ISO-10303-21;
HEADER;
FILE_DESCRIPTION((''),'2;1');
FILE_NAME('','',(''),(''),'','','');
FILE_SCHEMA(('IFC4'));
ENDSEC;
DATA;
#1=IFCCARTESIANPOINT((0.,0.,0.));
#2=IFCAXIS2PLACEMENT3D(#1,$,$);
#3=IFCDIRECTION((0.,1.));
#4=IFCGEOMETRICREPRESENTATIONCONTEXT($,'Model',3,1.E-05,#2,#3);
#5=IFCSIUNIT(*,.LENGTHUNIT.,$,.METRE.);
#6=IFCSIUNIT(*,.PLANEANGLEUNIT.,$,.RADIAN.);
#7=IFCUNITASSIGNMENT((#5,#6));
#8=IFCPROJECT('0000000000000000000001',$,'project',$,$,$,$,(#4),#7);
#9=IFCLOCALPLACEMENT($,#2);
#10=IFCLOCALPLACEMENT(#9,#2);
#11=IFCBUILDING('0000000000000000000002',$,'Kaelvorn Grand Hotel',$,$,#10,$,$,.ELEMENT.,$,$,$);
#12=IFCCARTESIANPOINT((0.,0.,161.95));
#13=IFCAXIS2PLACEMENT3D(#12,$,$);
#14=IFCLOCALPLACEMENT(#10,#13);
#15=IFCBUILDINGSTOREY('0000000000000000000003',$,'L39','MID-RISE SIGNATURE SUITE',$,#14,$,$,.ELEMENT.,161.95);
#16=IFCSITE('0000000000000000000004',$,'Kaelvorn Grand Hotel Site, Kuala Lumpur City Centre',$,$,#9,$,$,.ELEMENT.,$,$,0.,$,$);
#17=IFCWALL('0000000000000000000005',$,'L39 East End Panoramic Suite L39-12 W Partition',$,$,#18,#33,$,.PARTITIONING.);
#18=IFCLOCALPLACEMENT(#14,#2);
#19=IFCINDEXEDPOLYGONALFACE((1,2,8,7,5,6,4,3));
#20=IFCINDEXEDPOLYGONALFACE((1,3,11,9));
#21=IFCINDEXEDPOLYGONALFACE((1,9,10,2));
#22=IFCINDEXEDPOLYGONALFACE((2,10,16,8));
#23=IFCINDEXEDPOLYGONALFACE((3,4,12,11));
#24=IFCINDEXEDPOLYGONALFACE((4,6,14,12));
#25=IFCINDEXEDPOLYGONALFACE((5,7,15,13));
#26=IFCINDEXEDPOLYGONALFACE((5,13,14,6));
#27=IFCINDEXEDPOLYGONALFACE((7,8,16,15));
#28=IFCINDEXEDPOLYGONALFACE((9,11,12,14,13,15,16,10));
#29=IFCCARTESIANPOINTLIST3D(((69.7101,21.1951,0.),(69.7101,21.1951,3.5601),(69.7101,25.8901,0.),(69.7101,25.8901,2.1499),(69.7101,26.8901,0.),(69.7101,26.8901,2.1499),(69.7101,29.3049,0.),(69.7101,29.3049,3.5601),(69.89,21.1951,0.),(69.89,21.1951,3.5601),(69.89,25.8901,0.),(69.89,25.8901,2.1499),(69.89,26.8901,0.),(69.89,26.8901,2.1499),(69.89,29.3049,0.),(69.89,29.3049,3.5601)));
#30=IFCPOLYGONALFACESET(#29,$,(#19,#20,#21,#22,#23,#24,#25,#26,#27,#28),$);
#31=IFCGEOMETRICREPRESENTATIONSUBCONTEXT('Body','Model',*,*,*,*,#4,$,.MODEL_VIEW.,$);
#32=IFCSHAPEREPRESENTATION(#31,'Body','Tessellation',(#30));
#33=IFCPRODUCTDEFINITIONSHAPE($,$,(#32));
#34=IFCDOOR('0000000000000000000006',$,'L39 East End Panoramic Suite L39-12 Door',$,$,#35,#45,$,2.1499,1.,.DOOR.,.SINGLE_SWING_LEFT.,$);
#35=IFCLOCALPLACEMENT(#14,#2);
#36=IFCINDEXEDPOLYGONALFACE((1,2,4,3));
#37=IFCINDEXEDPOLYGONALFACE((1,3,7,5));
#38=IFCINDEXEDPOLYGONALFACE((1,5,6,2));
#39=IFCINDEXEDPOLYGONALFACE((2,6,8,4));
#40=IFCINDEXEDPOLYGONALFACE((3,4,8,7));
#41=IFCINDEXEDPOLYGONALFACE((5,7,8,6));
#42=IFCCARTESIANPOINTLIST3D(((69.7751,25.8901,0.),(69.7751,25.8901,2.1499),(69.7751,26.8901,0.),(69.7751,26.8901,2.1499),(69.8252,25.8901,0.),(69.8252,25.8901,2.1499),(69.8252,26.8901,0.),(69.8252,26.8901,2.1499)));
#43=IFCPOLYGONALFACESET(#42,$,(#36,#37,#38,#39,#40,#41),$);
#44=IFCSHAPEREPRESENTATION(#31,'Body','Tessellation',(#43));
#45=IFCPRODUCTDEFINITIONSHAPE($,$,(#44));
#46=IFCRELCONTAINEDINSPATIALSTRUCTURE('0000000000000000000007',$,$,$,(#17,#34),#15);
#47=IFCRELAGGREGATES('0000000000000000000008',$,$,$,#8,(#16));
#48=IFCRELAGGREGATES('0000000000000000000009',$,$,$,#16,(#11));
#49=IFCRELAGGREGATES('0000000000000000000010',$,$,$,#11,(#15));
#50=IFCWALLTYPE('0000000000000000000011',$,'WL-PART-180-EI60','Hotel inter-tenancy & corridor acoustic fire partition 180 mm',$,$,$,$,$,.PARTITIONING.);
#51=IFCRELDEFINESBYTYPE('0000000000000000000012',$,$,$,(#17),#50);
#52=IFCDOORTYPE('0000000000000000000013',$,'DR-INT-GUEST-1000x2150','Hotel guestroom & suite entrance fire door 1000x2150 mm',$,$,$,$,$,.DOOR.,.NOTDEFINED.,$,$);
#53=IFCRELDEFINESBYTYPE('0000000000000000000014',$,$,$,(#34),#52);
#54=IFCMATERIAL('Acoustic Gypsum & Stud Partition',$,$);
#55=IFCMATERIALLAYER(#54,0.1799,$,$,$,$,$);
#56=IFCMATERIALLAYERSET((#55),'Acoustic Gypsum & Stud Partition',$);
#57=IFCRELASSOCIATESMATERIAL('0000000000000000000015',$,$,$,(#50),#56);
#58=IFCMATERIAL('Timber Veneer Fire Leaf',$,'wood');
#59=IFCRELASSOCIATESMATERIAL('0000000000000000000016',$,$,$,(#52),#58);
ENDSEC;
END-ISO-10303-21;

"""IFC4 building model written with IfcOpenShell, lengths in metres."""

from ifc_helpers import new_model, si_unit, direction, frame, frame_2d, origin, place, context, subcontext, project, spatial, rectangle, extrude, material, layer, layer_set, type_object, element, fill, save


model = new_model("IFC4")

# Units and contexts
model_context = context("Model", 3, precision=1e-05, world=origin(), true_north=direction((0.0, 1.0)))
body_context = subcontext(model_context, "Body", "Model", "MODEL_VIEW")
ifc_project = project(units=[si_unit("LENGTHUNIT", "METRE"), si_unit("PLANEANGLEUNIT", "RADIAN")], contexts=[model_context])

# Site, building, storey
site_placement = place(None, origin())
site = spatial("IfcSite", under=ifc_project, at=site_placement, Name="Kaelvorn Grand Hotel Site, Kuala Lumpur City Centre", CompositionType="ELEMENT", RefElevation=0.0)
building_placement = place(site_placement, origin())
building = spatial("IfcBuilding", under=site, at=building_placement, Name="Kaelvorn Grand Hotel", CompositionType="ELEMENT")
storey_placement = place(building_placement, frame((0.0, 0.0, 161.95)))
storey = spatial("IfcBuildingStorey", under=building, at=storey_placement, Name="L39", Description="MID-RISE SIGNATURE SUITE", CompositionType="ELEMENT", Elevation=161.95)

# Shared definitions
ifc_material_1 = material(Name="Acoustic Gypsum & Stud Partition")
ifc_layer_1 = layer(ifc_material_1, 0.1799)
ifc_layer_set_1 = layer_set([ifc_layer_1], Name="Acoustic Gypsum & Stud Partition")
wall_type_1 = type_object("IfcWallType", Name="WL-PART-180-EI60", Description="Hotel inter-tenancy & corridor acoustic fire partition 180 mm", PredefinedType="PARTITIONING", material=ifc_layer_set_1)

# Shared definitions
ifc_material_2 = material(Name="Timber Veneer Fire Leaf", Category="wood")
door_type_1 = type_object("IfcDoorType", Name="DR-INT-GUEST-1000x2150", Description="Hotel guestroom & suite entrance fire door 1000x2150 mm", OperationType="NOTDEFINED", PredefinedType="DOOR", material=ifc_material_2)

# Wall, opening, door
wall_1_placement = place(storey_placement, frame((69.8, 21.1951, 0.0), z_axis=(0.0, 0.0, 1.0), x_axis=(0.0, 1.0, 0.0)))
wall_1 = element("IfcWall", 1, at=wall_1_placement, inside=storey, type_object=wall_type_1, Name="L39 East End Panoramic Suite L39-12 W Partition", PredefinedType="PARTITIONING", context=body_context, shape_type="SweptSolid", body=[
    extrude(rectangle(XDim=8.1099, YDim=0.1799, at=frame_2d((4.0549, 0.0))), origin(), (0.0, 0.0, 1.0), 3.5601),
])
opening_1_placement = place(wall_1_placement, frame((4.6951, 0.0, 0.0)))
opening_1 = element("IfcOpeningElement", 2, at=opening_1_placement, cuts=wall_1, PredefinedType="OPENING", context=body_context, shape_type="SweptSolid", body=[
    extrude(rectangle(XDim=1.0, YDim=2.1499, at=frame_2d((0.5, 1.075))), frame((0.0, 0.1001, 0.0), z_axis=(0.0, -1.0, 0.0), x_axis=(1.0, 0.0, 0.0)), (0.0, 0.0, 1.0), 0.2),
])
door_1_placement = place(opening_1_placement, origin())
door_1 = element("IfcDoor", 3, at=door_1_placement, inside=storey, type_object=door_type_1, Name="L39 East End Panoramic Suite L39-12 Door", OperationType="SINGLE_SWING_LEFT", OverallHeight=2.1499, OverallWidth=1.0, PredefinedType="DOOR", context=body_context, shape_type="SweptSolid", body=[
    extrude(rectangle(XDim=1.0, YDim=2.1499, at=frame_2d((0.5, 1.075))), frame((0.0, 0.0249, 0.0), z_axis=(0.0, -1.0, 0.0), x_axis=(1.0, 0.0, 0.0)), (0.0, 0.0, 1.0), 0.05),
])
fill(opening_1, door_1)

save(model, "model.ifc")
